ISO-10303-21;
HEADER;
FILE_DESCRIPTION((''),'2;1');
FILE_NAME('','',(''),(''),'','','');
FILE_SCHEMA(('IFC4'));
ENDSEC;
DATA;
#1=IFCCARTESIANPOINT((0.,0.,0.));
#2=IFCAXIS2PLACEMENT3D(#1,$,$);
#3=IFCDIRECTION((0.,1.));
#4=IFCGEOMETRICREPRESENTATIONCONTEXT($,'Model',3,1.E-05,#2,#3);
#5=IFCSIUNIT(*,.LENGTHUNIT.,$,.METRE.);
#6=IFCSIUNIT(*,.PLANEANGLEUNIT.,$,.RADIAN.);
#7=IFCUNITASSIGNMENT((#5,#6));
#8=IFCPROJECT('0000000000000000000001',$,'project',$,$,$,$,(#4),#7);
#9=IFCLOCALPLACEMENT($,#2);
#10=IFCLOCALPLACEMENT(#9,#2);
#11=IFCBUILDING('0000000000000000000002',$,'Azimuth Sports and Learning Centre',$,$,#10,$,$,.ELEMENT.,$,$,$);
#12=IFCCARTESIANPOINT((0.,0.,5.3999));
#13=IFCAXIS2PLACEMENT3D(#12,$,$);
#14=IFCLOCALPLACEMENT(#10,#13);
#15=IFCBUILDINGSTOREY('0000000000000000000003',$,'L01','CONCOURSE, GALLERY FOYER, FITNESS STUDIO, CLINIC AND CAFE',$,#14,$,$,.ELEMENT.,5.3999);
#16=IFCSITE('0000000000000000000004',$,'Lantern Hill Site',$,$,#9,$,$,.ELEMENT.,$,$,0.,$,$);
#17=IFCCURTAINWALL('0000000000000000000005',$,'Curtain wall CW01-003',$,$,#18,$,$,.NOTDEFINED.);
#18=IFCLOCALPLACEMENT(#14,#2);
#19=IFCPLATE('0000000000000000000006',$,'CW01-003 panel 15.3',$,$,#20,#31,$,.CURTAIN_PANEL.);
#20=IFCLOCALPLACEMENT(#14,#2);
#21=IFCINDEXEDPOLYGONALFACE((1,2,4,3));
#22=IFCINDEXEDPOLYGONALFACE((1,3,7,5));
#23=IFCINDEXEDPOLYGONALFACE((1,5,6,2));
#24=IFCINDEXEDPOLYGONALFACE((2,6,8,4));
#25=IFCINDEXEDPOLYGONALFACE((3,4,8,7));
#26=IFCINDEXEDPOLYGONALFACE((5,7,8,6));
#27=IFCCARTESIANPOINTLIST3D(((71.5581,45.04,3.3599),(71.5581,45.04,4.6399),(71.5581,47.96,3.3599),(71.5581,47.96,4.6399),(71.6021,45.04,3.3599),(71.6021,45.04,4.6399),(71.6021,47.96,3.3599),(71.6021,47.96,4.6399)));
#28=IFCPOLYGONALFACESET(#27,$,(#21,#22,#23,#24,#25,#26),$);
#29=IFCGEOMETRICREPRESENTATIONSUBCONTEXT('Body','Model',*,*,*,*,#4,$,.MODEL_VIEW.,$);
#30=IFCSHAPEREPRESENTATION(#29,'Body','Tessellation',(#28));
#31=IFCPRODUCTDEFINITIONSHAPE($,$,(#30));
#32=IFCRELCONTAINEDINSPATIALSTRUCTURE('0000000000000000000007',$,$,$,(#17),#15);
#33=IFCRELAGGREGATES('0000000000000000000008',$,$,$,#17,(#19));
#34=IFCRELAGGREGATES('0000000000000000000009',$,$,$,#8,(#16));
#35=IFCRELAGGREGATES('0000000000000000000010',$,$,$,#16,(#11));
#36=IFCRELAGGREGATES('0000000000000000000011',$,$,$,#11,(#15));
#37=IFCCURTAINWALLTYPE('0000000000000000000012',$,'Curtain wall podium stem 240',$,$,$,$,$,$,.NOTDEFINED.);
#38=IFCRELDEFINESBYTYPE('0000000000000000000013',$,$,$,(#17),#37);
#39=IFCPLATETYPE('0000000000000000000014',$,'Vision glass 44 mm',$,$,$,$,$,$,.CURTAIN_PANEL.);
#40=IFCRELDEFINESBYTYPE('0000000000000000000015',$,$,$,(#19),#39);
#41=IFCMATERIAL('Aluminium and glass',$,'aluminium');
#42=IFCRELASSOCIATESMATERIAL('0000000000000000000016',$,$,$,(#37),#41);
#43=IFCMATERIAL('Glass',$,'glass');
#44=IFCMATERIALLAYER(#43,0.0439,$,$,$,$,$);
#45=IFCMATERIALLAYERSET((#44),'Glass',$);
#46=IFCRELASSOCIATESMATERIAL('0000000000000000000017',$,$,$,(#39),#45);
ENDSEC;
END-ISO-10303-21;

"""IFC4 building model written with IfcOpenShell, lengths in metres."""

from ifc_helpers import new_model, si_unit, direction, frame, origin, origin_2d, place, context, subcontext, project, spatial, rectangle, extrude, material, layer, layer_set, type_object, element, aggregate, save


model = new_model("IFC4")

# Units and contexts
model_context = context("Model", 3, precision=1e-05, world=origin(), true_north=direction((0.0, 1.0)))
body_context = subcontext(model_context, "Body", "Model", "MODEL_VIEW")
ifc_project = project(units=[si_unit("LENGTHUNIT", "METRE"), si_unit("PLANEANGLEUNIT", "RADIAN")], contexts=[model_context])

# Site, building, storey
site_placement = place(None, origin())
site = spatial("IfcSite", under=ifc_project, at=site_placement, Name="Lantern Hill Site", CompositionType="ELEMENT", RefElevation=0.0)
building_placement = place(site_placement, origin())
building = spatial("IfcBuilding", under=site, at=building_placement, Name="Azimuth Sports and Learning Centre", CompositionType="ELEMENT")
storey_placement = place(building_placement, frame((0.0, 0.0, 5.3999)))
storey = spatial("IfcBuildingStorey", under=building, at=storey_placement, Name="L01", Description="CONCOURSE, GALLERY FOYER, FITNESS STUDIO, CLINIC AND CAFE", CompositionType="ELEMENT", Elevation=5.3999)

# Curtain wall, plate
ifc_material_1 = material(Name="Aluminium and glass", Category="aluminium")
curtain_wall_type = type_object("IfcCurtainWallType", Name="Curtain wall podium stem 240", PredefinedType="NOTDEFINED", material=ifc_material_1)
curtain_wall_placement = place(storey_placement, origin())
curtain_wall = element("IfcCurtainWall", 1, at=curtain_wall_placement, inside=storey, type_object=curtain_wall_type, Name="Curtain wall CW01-003", PredefinedType="NOTDEFINED")
ifc_material_2 = material(Name="Glass", Category="glass")
ifc_layer_1 = layer(ifc_material_2, 0.0439)
ifc_layer_set_1 = layer_set([ifc_layer_1], Name="Glass")
plate_type_1 = type_object("IfcPlateType", Name="Vision glass 44 mm", PredefinedType="CURTAIN_PANEL", material=ifc_layer_set_1)
plate_1_placement = place(storey_placement, frame((71.5801, 46.5, 3.3599), z_axis=(0.0, 0.0, 1.0), x_axis=(0.0, -1.0, 0.0)))
plate_1 = element("IfcPlate", 2, at=plate_1_placement, type_object=plate_type_1, Name="CW01-003 panel 15.3", PredefinedType="CURTAIN_PANEL", context=body_context, shape_type="SweptSolid", body=[
    extrude(rectangle(XDim=2.9199, YDim=0.0439, at=origin_2d()), origin(), (0.0, 0.0, 1.0), 1.28),
])
aggregate(curtain_wall, [plate_1])

save(model, "model.ifc")
